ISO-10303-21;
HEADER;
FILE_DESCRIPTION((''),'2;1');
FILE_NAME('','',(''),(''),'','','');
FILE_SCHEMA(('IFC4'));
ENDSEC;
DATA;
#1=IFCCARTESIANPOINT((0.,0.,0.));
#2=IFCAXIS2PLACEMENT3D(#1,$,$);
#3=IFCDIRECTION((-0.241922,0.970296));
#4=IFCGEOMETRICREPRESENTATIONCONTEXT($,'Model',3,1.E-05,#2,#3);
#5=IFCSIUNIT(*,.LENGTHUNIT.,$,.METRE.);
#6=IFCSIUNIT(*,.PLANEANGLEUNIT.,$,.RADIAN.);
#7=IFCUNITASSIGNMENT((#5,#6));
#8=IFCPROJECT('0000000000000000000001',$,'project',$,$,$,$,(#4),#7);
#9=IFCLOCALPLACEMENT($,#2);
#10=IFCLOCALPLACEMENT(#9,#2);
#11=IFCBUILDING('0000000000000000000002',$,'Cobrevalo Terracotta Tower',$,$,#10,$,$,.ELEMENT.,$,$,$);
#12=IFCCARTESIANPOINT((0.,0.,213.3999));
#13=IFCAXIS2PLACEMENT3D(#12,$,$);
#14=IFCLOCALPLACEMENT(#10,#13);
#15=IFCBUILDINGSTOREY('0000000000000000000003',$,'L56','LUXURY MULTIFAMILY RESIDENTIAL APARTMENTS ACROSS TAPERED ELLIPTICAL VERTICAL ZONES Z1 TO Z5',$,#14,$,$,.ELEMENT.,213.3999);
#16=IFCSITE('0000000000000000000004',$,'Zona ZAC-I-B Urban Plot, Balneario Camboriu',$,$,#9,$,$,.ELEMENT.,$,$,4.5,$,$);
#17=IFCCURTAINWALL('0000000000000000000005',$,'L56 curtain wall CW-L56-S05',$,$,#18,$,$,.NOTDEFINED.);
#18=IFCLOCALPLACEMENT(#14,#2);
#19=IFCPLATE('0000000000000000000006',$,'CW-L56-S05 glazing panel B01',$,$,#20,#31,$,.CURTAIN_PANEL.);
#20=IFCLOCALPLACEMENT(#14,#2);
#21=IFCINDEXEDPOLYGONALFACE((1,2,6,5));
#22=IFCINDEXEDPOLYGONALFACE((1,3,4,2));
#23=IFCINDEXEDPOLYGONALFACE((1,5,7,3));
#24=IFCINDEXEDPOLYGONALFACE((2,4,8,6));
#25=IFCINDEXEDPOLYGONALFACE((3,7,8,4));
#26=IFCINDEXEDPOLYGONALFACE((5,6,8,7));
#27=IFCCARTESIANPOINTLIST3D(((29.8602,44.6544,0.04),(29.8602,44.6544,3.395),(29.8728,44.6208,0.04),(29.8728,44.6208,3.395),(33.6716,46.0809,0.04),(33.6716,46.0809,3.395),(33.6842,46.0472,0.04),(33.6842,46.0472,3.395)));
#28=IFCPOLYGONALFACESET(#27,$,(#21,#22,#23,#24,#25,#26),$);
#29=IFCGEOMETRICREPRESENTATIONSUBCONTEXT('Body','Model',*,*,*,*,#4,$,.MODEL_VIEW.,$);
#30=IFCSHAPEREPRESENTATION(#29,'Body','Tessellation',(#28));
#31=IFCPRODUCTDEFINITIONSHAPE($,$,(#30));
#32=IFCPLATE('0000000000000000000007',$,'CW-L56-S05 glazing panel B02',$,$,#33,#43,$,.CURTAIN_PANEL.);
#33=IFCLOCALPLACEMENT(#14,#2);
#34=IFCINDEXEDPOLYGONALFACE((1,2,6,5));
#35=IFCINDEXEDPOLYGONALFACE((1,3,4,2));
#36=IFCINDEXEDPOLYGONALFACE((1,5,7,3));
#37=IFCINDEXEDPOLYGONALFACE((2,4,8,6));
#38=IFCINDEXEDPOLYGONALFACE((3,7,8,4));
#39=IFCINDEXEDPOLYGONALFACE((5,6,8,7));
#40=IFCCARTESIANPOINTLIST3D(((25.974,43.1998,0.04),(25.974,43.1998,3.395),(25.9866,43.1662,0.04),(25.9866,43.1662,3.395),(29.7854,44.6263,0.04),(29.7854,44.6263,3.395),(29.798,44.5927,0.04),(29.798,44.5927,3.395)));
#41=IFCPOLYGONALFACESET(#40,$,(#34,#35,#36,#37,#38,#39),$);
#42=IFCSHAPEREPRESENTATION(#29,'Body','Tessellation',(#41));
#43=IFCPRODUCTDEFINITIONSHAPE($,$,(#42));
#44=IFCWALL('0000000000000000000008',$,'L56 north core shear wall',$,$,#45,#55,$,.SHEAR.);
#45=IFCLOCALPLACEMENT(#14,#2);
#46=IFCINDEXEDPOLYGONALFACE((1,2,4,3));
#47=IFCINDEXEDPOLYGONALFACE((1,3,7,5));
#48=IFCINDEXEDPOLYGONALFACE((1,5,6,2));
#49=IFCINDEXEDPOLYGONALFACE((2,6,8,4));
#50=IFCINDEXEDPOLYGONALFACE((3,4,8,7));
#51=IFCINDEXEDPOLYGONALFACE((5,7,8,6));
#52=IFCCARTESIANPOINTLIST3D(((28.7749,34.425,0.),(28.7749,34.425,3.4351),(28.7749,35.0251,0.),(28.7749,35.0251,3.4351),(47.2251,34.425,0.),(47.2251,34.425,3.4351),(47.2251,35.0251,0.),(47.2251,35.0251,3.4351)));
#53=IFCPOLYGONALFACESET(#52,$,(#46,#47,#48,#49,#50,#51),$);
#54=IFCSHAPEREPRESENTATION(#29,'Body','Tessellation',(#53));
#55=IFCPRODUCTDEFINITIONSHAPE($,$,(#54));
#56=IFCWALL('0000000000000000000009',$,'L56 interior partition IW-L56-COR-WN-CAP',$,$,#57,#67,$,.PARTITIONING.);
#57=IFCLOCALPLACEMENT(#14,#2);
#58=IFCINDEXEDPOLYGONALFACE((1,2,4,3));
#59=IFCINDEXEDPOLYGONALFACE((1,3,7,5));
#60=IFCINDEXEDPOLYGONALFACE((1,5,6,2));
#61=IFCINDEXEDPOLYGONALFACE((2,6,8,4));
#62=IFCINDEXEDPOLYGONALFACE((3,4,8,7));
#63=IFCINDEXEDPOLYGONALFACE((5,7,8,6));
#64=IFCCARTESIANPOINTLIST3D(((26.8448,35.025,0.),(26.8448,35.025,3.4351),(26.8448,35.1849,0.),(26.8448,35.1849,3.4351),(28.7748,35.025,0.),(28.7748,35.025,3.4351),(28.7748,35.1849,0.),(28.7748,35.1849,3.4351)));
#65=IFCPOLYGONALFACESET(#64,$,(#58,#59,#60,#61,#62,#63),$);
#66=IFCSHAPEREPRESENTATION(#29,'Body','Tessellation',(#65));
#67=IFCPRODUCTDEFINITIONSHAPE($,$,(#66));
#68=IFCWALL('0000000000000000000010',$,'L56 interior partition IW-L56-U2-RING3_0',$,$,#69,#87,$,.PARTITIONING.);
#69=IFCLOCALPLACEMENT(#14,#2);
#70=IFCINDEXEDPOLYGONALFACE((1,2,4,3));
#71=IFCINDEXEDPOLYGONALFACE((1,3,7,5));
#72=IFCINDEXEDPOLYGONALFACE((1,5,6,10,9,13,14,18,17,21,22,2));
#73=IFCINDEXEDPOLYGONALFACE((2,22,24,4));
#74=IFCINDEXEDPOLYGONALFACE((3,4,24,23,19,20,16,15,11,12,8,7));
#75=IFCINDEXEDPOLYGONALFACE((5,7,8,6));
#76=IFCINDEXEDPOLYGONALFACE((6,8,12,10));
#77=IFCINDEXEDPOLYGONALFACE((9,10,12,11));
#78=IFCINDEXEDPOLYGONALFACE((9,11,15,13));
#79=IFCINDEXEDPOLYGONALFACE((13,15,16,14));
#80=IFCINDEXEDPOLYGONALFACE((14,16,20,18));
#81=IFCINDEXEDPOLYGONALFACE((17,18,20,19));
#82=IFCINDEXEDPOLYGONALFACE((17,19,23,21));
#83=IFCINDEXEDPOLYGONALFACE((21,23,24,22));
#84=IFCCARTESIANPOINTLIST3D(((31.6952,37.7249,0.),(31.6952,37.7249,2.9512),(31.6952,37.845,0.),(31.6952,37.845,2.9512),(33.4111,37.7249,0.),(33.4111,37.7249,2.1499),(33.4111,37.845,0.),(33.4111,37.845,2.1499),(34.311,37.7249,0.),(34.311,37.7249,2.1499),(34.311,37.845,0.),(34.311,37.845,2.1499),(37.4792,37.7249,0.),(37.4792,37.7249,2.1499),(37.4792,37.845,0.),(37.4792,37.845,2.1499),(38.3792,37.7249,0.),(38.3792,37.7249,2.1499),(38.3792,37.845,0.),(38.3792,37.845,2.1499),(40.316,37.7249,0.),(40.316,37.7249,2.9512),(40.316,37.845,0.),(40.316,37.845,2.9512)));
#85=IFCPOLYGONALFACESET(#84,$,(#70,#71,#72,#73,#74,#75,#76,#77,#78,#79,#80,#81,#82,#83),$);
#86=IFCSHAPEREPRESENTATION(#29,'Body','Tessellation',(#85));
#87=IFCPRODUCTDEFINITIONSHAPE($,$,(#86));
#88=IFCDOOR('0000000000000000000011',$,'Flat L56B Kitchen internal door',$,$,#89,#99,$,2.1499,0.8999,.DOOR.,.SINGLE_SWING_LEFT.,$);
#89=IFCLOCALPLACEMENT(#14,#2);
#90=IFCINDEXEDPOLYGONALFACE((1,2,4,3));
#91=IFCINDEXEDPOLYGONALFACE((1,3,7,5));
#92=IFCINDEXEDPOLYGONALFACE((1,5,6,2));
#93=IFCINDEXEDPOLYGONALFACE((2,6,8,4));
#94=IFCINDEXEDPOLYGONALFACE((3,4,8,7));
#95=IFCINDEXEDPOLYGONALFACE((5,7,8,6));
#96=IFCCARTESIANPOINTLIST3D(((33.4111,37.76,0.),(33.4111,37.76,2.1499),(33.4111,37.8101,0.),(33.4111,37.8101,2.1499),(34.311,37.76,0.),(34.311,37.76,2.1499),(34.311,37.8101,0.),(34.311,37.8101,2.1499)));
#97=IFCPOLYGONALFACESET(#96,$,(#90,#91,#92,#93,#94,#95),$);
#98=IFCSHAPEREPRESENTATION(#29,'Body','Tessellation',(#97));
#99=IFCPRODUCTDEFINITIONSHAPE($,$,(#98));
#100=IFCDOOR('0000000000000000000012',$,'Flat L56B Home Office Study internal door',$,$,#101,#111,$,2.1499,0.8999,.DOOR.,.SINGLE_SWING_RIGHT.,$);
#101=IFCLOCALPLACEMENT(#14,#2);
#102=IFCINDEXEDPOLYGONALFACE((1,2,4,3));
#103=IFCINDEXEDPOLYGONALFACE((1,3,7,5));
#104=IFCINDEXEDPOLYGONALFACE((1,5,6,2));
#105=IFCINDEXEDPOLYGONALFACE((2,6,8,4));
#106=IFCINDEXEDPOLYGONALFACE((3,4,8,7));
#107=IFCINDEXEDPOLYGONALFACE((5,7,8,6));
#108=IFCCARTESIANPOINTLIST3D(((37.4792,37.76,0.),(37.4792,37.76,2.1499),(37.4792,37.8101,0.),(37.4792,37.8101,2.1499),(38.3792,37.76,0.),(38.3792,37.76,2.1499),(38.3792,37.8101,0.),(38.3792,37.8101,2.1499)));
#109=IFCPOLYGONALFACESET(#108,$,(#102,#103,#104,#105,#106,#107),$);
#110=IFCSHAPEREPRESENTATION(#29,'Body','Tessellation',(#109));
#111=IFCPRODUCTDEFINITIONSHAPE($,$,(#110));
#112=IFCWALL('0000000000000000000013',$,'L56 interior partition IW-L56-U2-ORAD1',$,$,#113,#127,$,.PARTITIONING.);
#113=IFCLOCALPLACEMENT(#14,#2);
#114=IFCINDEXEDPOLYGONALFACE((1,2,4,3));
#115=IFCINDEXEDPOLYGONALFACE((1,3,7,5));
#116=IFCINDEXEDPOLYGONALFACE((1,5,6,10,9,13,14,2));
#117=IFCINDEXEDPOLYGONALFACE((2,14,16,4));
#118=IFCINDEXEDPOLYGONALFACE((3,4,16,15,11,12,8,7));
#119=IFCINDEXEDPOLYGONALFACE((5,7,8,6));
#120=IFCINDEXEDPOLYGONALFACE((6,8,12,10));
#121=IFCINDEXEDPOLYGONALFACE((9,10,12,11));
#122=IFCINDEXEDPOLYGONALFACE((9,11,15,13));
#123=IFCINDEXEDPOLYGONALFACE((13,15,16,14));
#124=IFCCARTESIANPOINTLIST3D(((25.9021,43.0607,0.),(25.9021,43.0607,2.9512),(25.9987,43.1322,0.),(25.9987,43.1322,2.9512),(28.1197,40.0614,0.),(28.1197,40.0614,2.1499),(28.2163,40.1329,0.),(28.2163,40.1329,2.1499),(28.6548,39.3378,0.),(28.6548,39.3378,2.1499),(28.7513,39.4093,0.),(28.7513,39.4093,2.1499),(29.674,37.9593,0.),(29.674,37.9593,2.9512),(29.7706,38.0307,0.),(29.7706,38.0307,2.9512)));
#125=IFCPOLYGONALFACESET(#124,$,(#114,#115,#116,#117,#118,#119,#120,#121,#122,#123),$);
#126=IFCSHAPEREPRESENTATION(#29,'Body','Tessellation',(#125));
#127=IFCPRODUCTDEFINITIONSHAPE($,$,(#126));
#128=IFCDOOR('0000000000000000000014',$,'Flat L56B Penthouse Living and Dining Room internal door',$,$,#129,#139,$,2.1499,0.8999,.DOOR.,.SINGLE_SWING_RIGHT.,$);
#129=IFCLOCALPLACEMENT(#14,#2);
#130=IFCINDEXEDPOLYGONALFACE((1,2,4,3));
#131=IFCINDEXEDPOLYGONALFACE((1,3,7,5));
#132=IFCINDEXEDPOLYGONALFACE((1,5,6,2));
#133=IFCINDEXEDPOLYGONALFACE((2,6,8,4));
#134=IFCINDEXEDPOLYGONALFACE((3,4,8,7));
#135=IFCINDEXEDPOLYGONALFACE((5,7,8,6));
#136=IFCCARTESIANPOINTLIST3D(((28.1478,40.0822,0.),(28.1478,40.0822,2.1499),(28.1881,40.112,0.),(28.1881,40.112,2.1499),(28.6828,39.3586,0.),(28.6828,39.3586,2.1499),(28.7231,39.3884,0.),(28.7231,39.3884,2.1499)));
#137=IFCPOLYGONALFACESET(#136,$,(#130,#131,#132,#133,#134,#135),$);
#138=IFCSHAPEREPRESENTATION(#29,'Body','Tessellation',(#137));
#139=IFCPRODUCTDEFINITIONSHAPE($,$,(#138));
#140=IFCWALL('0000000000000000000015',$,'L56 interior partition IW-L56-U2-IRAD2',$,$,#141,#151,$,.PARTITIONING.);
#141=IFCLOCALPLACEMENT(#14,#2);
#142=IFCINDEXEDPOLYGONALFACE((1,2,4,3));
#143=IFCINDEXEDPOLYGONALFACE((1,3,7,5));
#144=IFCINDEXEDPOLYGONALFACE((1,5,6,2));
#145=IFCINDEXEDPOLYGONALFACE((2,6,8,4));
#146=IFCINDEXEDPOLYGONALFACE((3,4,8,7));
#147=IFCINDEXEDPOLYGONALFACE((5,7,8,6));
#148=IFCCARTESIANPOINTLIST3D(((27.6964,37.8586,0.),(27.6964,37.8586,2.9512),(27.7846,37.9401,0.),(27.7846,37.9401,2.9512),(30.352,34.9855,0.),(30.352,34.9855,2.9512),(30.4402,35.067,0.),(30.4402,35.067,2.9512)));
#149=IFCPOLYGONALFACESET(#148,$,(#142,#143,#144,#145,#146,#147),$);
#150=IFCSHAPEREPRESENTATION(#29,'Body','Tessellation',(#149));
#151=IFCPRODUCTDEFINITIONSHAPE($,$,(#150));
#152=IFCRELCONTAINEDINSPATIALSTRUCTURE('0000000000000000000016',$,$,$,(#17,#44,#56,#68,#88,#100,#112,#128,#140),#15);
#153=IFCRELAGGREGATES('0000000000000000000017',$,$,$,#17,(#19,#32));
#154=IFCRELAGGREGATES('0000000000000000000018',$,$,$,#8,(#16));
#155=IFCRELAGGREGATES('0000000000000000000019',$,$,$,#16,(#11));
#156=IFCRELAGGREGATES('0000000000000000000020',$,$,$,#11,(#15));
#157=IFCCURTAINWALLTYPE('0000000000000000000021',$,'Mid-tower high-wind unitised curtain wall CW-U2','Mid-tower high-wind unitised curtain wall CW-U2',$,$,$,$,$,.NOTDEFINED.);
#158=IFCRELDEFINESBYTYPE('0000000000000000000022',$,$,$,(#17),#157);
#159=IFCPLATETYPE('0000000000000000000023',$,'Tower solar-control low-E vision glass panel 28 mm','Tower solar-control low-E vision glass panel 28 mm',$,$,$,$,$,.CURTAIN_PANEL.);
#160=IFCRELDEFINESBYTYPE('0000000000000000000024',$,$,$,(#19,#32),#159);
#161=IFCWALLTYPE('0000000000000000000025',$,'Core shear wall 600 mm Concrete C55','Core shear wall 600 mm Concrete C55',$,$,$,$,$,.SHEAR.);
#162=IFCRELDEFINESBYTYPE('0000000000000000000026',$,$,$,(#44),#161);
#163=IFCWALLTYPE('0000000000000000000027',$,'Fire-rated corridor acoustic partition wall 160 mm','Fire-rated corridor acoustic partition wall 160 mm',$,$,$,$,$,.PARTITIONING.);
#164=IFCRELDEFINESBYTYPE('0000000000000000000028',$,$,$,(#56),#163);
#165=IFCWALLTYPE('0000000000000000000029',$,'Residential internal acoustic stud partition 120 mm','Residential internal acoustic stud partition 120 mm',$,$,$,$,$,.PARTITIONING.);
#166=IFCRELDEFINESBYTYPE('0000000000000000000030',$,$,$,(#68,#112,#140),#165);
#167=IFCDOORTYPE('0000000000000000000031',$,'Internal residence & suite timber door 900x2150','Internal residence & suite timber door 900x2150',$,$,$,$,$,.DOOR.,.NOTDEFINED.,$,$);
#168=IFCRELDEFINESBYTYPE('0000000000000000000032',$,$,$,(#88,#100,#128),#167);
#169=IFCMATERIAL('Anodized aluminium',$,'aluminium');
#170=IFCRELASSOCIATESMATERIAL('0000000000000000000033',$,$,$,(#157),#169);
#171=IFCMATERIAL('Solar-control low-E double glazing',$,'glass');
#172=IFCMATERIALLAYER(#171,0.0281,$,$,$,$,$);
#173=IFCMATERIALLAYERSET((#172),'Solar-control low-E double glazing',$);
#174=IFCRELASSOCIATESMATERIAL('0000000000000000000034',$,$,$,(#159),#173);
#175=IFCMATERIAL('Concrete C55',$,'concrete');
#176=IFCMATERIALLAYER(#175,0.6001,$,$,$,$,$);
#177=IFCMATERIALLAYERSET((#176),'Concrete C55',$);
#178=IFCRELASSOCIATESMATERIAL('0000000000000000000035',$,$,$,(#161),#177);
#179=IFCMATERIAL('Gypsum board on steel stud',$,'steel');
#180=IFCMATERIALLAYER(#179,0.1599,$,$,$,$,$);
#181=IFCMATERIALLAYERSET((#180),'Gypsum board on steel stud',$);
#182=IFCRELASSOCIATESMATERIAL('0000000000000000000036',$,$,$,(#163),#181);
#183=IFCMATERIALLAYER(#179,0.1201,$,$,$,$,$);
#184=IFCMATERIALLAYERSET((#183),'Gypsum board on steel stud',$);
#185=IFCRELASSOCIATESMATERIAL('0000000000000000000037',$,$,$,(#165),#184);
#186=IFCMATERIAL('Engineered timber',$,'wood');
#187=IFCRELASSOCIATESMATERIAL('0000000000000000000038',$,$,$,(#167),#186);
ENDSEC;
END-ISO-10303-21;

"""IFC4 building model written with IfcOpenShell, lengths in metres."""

from ifc_helpers import new_model, si_unit, direction, frame, frame_2d, origin, origin_2d, place, context, subcontext, project, spatial, rectangle, extrude, source, transform, mapped, material, layer, layer_set, type_object, element, fill, aggregate, save


model = new_model("IFC4")

# Units and contexts
model_context = context("Model", 3, precision=1e-05, world=origin(), true_north=direction((-0.241922, 0.970296)))
body_context = subcontext(model_context, "Body", "Model", "MODEL_VIEW")
ifc_project = project(units=[si_unit("LENGTHUNIT", "METRE"), si_unit("PLANEANGLEUNIT", "RADIAN")], contexts=[model_context])

# Site, building, storey
site_placement = place(None, origin())
site = spatial("IfcSite", under=ifc_project, at=site_placement, Name="Zona ZAC-I-B Urban Plot, Balneario Camboriu", CompositionType="ELEMENT", RefElevation=4.5)
building_placement = place(site_placement, origin())
building = spatial("IfcBuilding", under=site, at=building_placement, Name="Cobrevalo Terracotta Tower", CompositionType="ELEMENT")
storey_placement = place(building_placement, frame((0.0, 0.0, 213.3999)))
storey = spatial("IfcBuildingStorey", under=building, at=storey_placement, Name="L56", Description="LUXURY MULTIFAMILY RESIDENTIAL APARTMENTS ACROSS TAPERED ELLIPTICAL VERTICAL ZONES Z1 TO Z5", CompositionType="ELEMENT", Elevation=213.3999)

# Curtain wall, plates
ifc_material_1 = material(Name="Anodized aluminium", Category="aluminium")
curtain_wall_type = type_object("IfcCurtainWallType", Name="Mid-tower high-wind unitised curtain wall CW-U2", Description="Mid-tower high-wind unitised curtain wall CW-U2", PredefinedType="NOTDEFINED", material=ifc_material_1)
curtain_wall_placement = place(storey_placement, origin())
curtain_wall = element("IfcCurtainWall", 1, at=curtain_wall_placement, inside=storey, type_object=curtain_wall_type, Name="L56 curtain wall CW-L56-S05", PredefinedType="NOTDEFINED")
ifc_material_2 = material(Name="Solar-control low-E double glazing", Category="glass")
ifc_layer_1 = layer(ifc_material_2, 0.0281)
ifc_layer_set_1 = layer_set([ifc_layer_1], Name="Solar-control low-E double glazing")
plate_type = type_object("IfcPlateType", Name="Tower solar-control low-E vision glass panel 28 mm", Description="Tower solar-control low-E vision glass panel 28 mm", PredefinedType="CURTAIN_PANEL", material=ifc_layer_set_1)
shared_shape_1 = source(origin(), body_context, "Body", "SweptSolid", [
    extrude(rectangle(XDim=4.0696, YDim=0.0359, at=origin_2d()), origin(), (0.0, 0.0, 1.0), 3.355),
])
plate_1_placement = place(storey_placement, frame((31.7722, 45.3508, 0.04), z_axis=(0.0, 0.0, 1.0), x_axis=(-0.936558, -0.350513, 0.0)))
plate_1 = element("IfcPlate", 2, at=plate_1_placement, type_object=plate_type, Name="CW-L56-S05 glazing panel B01", PredefinedType="CURTAIN_PANEL", context=body_context, shape_type="MappedRepresentation", body=[
    mapped(shared_shape_1, transform((0.0, 0.0, 0.0), scale=1.0)),
])
plate_2_placement = place(storey_placement, frame((27.886, 43.8962, 0.04), z_axis=(0.0, 0.0, 1.0), x_axis=(-0.936558, -0.350513, 0.0)))
plate_2 = element("IfcPlate", 3, at=plate_2_placement, type_object=plate_type, Name="CW-L56-S05 glazing panel B02", PredefinedType="CURTAIN_PANEL", context=body_context, shape_type="MappedRepresentation", body=[
    mapped(shared_shape_1, transform((0.0, 0.0, 0.0), scale=1.0)),
])
aggregate(curtain_wall, [plate_1, plate_2])

# Walls
ifc_material_3 = material(Name="Concrete C55", Category="concrete")
ifc_layer_2 = layer(ifc_material_3, 0.6001)
ifc_layer_set_2 = layer_set([ifc_layer_2], Name="Concrete C55")
wall_type_1 = type_object("IfcWallType", Name="Core shear wall 600 mm Concrete C55", Description="Core shear wall 600 mm Concrete C55", PredefinedType="SHEAR", material=ifc_layer_set_2)
wall_1_placement = place(storey_placement, frame((28.7749, 34.7251, 0.0), z_axis=(0.0, 0.0, 1.0), x_axis=(1.0, 0.0, 0.0)))
element("IfcWall", 4, at=wall_1_placement, inside=storey, type_object=wall_type_1, Name="L56 north core shear wall", PredefinedType="SHEAR", context=body_context, shape_type="SweptSolid", body=[
    extrude(rectangle(XDim=18.4502, YDim=0.6001, at=frame_2d((9.2251, 0.0))), origin(), (0.0, 0.0, 1.0), 3.4351),
])
ifc_material_4 = material(Name="Gypsum board on steel stud", Category="steel")
ifc_layer_3 = layer(ifc_material_4, 0.1599)
ifc_layer_set_3 = layer_set([ifc_layer_3], Name="Gypsum board on steel stud")
wall_type_2 = type_object("IfcWallType", Name="Fire-rated corridor acoustic partition wall 160 mm", Description="Fire-rated corridor acoustic partition wall 160 mm", PredefinedType="PARTITIONING", material=ifc_layer_set_3)
wall_2_placement = place(storey_placement, frame((26.845, 35.105, 0.0), z_axis=(0.0, 0.0, 1.0), x_axis=(1.0, 0.0, 0.0)))
element("IfcWall", 5, at=wall_2_placement, inside=storey, type_object=wall_type_2, Name="L56 interior partition IW-L56-COR-WN-CAP", PredefinedType="PARTITIONING", context=body_context, shape_type="SweptSolid", body=[
    extrude(rectangle(XDim=1.9299, YDim=0.1599, at=frame_2d((0.9648, 0.0))), origin(), (0.0, 0.0, 1.0), 3.4351),
])

# Wall, openings, doors
ifc_layer_4 = layer(ifc_material_4, 0.1201)
ifc_layer_set_4 = layer_set([ifc_layer_4], Name="Gypsum board on steel stud")
wall_type_3 = type_object("IfcWallType", Name="Residential internal acoustic stud partition 120 mm", Description="Residential internal acoustic stud partition 120 mm", PredefinedType="PARTITIONING", material=ifc_layer_set_4)
wall_3_placement = place(storey_placement, frame((31.6951, 37.7849, 0.0), z_axis=(0.0, 0.0, 1.0), x_axis=(1.0, 0.0, 0.0)))
wall_3 = element("IfcWall", 6, at=wall_3_placement, inside=storey, type_object=wall_type_3, Name="L56 interior partition IW-L56-U2-RING3_0", PredefinedType="PARTITIONING", context=body_context, shape_type="SweptSolid", body=[
    extrude(rectangle(XDim=8.6208, YDim=0.1201, at=frame_2d((4.3105, 0.0))), origin(), (0.0, 0.0, 1.0), 2.9512),
])
opening_1_placement = place(wall_3_placement, frame((1.7161, 0.0, 0.0)))
opening_1 = element("IfcOpeningElement", 7, at=opening_1_placement, cuts=wall_3, PredefinedType="OPENING", context=body_context, shape_type="SweptSolid", body=[
    extrude(rectangle(XDim=0.8999, YDim=2.1499, at=frame_2d((0.45, 1.075))), frame((0.0, 0.0701, 0.0), z_axis=(0.0, -1.0, 0.0), x_axis=(1.0, 0.0, 0.0)), (0.0, 0.0, 1.0), 0.1401),
])
opening_2_placement = place(wall_3_placement, frame((5.7842, 0.0, 0.0)))
opening_2 = element("IfcOpeningElement", 8, at=opening_2_placement, cuts=wall_3, PredefinedType="OPENING", context=body_context, shape_type="SweptSolid", body=[
    extrude(rectangle(XDim=0.8999, YDim=2.1499, at=frame_2d((0.45, 1.075))), frame((0.0, 0.0701, 0.0), z_axis=(0.0, -1.0, 0.0), x_axis=(1.0, 0.0, 0.0)), (0.0, 0.0, 1.0), 0.1401),
])
ifc_material_5 = material(Name="Engineered timber", Category="wood")
door_type_1 = type_object("IfcDoorType", Name="Internal residence & suite timber door 900x2150", Description="Internal residence & suite timber door 900x2150", OperationType="NOTDEFINED", PredefinedType="DOOR", material=ifc_material_5)
shared_shape_2 = source(origin(), body_context, "Body", "SweptSolid", [
    extrude(rectangle(XDim=0.8999, YDim=2.1499, at=frame_2d((0.45, 1.075))), frame((0.0, 0.0249, 0.0), z_axis=(0.0, -1.0, 0.0), x_axis=(1.0, 0.0, 0.0)), (0.0, 0.0, 1.0), 0.05),
])
door_1_placement = place(opening_1_placement, frame((0.8999, 0.0, 0.0), z_axis=(0.0, 0.0, 1.0), x_axis=(-1.0, 0.0, 0.0)))
door_1 = element("IfcDoor", 9, at=door_1_placement, inside=storey, type_object=door_type_1, Name="Flat L56B Kitchen internal door", OperationType="SINGLE_SWING_LEFT", OverallHeight=2.1499, OverallWidth=0.8999, PredefinedType="DOOR", context=body_context, shape_type="MappedRepresentation", body=[
    mapped(shared_shape_2, transform((0.0, 0.0, 0.0), scale=1.0)),
])
fill(opening_1, door_1)
door_2_placement = place(opening_2_placement, frame((0.8999, 0.0, 0.0), z_axis=(0.0, 0.0, 1.0), x_axis=(-1.0, 0.0, 0.0)))
door_2 = element("IfcDoor", 10, at=door_2_placement, inside=storey, type_object=door_type_1, Name="Flat L56B Home Office Study internal door", OperationType="SINGLE_SWING_RIGHT", OverallHeight=2.1499, OverallWidth=0.8999, PredefinedType="DOOR", context=body_context, shape_type="MappedRepresentation", body=[
    mapped(shared_shape_2, transform((0.0, 0.0, 0.0), scale=1.0)),
])
fill(opening_2, door_2)

# Wall, opening, door
wall_4_placement = place(storey_placement, frame((29.7224, 37.9949, 0.0), z_axis=(0.0, 0.0, 1.0), x_axis=(-0.594519, 0.804082, 0.0)))
wall_4 = element("IfcWall", 11, at=wall_4_placement, inside=storey, type_object=wall_type_3, Name="L56 interior partition IW-L56-U2-ORAD1", PredefinedType="PARTITIONING", context=body_context, shape_type="SweptSolid", body=[
    extrude(rectangle(XDim=6.3445, YDim=0.1201, at=frame_2d((3.1724, 0.0))), origin(), (0.0, 0.0, 1.0), 2.9512),
])
opening_3_placement = place(wall_4_placement, frame((1.7146, 0.0, 0.0)))
opening_3 = element("IfcOpeningElement", 12, at=opening_3_placement, cuts=wall_4, PredefinedType="OPENING", context=body_context, shape_type="SweptSolid", body=[
    extrude(rectangle(XDim=0.8999, YDim=2.1499, at=frame_2d((0.45, 1.075))), frame((0.0, 0.0701, 0.0), z_axis=(0.0, -1.0, 0.0), x_axis=(1.0, 0.0, 0.0)), (0.0, 0.0, 1.0), 0.1401),
])
door_3_placement = place(opening_3_placement, frame((0.8999, 0.0, 0.0), z_axis=(0.0, 0.0, 1.0), x_axis=(-1.0, 0.0, 0.0)))
door_3 = element("IfcDoor", 13, at=door_3_placement, inside=storey, type_object=door_type_1, Name="Flat L56B Penthouse Living and Dining Room internal door", OperationType="SINGLE_SWING_RIGHT", OverallHeight=2.1499, OverallWidth=0.8999, PredefinedType="DOOR", context=body_context, shape_type="MappedRepresentation", body=[
    mapped(shared_shape_2, transform((0.0, 0.0, 0.0), scale=1.0)),
])
fill(opening_3, door_3)

# Wall
wall_5_placement = place(storey_placement, frame((30.396, 35.0264, 0.0), z_axis=(0.0, 0.0, 1.0), x_axis=(-0.678759, 0.734361, 0.0)))
element("IfcWall", 14, at=wall_5_placement, inside=storey, type_object=wall_type_3, Name="L56 interior partition IW-L56-U2-IRAD2", PredefinedType="PARTITIONING", context=body_context, shape_type="SweptSolid", body=[
    extrude(rectangle(XDim=3.9124, YDim=0.1201, at=frame_2d((1.9561, 0.0))), origin(), (0.0, 0.0, 1.0), 2.9512),
])

save(model, "model.ifc")
